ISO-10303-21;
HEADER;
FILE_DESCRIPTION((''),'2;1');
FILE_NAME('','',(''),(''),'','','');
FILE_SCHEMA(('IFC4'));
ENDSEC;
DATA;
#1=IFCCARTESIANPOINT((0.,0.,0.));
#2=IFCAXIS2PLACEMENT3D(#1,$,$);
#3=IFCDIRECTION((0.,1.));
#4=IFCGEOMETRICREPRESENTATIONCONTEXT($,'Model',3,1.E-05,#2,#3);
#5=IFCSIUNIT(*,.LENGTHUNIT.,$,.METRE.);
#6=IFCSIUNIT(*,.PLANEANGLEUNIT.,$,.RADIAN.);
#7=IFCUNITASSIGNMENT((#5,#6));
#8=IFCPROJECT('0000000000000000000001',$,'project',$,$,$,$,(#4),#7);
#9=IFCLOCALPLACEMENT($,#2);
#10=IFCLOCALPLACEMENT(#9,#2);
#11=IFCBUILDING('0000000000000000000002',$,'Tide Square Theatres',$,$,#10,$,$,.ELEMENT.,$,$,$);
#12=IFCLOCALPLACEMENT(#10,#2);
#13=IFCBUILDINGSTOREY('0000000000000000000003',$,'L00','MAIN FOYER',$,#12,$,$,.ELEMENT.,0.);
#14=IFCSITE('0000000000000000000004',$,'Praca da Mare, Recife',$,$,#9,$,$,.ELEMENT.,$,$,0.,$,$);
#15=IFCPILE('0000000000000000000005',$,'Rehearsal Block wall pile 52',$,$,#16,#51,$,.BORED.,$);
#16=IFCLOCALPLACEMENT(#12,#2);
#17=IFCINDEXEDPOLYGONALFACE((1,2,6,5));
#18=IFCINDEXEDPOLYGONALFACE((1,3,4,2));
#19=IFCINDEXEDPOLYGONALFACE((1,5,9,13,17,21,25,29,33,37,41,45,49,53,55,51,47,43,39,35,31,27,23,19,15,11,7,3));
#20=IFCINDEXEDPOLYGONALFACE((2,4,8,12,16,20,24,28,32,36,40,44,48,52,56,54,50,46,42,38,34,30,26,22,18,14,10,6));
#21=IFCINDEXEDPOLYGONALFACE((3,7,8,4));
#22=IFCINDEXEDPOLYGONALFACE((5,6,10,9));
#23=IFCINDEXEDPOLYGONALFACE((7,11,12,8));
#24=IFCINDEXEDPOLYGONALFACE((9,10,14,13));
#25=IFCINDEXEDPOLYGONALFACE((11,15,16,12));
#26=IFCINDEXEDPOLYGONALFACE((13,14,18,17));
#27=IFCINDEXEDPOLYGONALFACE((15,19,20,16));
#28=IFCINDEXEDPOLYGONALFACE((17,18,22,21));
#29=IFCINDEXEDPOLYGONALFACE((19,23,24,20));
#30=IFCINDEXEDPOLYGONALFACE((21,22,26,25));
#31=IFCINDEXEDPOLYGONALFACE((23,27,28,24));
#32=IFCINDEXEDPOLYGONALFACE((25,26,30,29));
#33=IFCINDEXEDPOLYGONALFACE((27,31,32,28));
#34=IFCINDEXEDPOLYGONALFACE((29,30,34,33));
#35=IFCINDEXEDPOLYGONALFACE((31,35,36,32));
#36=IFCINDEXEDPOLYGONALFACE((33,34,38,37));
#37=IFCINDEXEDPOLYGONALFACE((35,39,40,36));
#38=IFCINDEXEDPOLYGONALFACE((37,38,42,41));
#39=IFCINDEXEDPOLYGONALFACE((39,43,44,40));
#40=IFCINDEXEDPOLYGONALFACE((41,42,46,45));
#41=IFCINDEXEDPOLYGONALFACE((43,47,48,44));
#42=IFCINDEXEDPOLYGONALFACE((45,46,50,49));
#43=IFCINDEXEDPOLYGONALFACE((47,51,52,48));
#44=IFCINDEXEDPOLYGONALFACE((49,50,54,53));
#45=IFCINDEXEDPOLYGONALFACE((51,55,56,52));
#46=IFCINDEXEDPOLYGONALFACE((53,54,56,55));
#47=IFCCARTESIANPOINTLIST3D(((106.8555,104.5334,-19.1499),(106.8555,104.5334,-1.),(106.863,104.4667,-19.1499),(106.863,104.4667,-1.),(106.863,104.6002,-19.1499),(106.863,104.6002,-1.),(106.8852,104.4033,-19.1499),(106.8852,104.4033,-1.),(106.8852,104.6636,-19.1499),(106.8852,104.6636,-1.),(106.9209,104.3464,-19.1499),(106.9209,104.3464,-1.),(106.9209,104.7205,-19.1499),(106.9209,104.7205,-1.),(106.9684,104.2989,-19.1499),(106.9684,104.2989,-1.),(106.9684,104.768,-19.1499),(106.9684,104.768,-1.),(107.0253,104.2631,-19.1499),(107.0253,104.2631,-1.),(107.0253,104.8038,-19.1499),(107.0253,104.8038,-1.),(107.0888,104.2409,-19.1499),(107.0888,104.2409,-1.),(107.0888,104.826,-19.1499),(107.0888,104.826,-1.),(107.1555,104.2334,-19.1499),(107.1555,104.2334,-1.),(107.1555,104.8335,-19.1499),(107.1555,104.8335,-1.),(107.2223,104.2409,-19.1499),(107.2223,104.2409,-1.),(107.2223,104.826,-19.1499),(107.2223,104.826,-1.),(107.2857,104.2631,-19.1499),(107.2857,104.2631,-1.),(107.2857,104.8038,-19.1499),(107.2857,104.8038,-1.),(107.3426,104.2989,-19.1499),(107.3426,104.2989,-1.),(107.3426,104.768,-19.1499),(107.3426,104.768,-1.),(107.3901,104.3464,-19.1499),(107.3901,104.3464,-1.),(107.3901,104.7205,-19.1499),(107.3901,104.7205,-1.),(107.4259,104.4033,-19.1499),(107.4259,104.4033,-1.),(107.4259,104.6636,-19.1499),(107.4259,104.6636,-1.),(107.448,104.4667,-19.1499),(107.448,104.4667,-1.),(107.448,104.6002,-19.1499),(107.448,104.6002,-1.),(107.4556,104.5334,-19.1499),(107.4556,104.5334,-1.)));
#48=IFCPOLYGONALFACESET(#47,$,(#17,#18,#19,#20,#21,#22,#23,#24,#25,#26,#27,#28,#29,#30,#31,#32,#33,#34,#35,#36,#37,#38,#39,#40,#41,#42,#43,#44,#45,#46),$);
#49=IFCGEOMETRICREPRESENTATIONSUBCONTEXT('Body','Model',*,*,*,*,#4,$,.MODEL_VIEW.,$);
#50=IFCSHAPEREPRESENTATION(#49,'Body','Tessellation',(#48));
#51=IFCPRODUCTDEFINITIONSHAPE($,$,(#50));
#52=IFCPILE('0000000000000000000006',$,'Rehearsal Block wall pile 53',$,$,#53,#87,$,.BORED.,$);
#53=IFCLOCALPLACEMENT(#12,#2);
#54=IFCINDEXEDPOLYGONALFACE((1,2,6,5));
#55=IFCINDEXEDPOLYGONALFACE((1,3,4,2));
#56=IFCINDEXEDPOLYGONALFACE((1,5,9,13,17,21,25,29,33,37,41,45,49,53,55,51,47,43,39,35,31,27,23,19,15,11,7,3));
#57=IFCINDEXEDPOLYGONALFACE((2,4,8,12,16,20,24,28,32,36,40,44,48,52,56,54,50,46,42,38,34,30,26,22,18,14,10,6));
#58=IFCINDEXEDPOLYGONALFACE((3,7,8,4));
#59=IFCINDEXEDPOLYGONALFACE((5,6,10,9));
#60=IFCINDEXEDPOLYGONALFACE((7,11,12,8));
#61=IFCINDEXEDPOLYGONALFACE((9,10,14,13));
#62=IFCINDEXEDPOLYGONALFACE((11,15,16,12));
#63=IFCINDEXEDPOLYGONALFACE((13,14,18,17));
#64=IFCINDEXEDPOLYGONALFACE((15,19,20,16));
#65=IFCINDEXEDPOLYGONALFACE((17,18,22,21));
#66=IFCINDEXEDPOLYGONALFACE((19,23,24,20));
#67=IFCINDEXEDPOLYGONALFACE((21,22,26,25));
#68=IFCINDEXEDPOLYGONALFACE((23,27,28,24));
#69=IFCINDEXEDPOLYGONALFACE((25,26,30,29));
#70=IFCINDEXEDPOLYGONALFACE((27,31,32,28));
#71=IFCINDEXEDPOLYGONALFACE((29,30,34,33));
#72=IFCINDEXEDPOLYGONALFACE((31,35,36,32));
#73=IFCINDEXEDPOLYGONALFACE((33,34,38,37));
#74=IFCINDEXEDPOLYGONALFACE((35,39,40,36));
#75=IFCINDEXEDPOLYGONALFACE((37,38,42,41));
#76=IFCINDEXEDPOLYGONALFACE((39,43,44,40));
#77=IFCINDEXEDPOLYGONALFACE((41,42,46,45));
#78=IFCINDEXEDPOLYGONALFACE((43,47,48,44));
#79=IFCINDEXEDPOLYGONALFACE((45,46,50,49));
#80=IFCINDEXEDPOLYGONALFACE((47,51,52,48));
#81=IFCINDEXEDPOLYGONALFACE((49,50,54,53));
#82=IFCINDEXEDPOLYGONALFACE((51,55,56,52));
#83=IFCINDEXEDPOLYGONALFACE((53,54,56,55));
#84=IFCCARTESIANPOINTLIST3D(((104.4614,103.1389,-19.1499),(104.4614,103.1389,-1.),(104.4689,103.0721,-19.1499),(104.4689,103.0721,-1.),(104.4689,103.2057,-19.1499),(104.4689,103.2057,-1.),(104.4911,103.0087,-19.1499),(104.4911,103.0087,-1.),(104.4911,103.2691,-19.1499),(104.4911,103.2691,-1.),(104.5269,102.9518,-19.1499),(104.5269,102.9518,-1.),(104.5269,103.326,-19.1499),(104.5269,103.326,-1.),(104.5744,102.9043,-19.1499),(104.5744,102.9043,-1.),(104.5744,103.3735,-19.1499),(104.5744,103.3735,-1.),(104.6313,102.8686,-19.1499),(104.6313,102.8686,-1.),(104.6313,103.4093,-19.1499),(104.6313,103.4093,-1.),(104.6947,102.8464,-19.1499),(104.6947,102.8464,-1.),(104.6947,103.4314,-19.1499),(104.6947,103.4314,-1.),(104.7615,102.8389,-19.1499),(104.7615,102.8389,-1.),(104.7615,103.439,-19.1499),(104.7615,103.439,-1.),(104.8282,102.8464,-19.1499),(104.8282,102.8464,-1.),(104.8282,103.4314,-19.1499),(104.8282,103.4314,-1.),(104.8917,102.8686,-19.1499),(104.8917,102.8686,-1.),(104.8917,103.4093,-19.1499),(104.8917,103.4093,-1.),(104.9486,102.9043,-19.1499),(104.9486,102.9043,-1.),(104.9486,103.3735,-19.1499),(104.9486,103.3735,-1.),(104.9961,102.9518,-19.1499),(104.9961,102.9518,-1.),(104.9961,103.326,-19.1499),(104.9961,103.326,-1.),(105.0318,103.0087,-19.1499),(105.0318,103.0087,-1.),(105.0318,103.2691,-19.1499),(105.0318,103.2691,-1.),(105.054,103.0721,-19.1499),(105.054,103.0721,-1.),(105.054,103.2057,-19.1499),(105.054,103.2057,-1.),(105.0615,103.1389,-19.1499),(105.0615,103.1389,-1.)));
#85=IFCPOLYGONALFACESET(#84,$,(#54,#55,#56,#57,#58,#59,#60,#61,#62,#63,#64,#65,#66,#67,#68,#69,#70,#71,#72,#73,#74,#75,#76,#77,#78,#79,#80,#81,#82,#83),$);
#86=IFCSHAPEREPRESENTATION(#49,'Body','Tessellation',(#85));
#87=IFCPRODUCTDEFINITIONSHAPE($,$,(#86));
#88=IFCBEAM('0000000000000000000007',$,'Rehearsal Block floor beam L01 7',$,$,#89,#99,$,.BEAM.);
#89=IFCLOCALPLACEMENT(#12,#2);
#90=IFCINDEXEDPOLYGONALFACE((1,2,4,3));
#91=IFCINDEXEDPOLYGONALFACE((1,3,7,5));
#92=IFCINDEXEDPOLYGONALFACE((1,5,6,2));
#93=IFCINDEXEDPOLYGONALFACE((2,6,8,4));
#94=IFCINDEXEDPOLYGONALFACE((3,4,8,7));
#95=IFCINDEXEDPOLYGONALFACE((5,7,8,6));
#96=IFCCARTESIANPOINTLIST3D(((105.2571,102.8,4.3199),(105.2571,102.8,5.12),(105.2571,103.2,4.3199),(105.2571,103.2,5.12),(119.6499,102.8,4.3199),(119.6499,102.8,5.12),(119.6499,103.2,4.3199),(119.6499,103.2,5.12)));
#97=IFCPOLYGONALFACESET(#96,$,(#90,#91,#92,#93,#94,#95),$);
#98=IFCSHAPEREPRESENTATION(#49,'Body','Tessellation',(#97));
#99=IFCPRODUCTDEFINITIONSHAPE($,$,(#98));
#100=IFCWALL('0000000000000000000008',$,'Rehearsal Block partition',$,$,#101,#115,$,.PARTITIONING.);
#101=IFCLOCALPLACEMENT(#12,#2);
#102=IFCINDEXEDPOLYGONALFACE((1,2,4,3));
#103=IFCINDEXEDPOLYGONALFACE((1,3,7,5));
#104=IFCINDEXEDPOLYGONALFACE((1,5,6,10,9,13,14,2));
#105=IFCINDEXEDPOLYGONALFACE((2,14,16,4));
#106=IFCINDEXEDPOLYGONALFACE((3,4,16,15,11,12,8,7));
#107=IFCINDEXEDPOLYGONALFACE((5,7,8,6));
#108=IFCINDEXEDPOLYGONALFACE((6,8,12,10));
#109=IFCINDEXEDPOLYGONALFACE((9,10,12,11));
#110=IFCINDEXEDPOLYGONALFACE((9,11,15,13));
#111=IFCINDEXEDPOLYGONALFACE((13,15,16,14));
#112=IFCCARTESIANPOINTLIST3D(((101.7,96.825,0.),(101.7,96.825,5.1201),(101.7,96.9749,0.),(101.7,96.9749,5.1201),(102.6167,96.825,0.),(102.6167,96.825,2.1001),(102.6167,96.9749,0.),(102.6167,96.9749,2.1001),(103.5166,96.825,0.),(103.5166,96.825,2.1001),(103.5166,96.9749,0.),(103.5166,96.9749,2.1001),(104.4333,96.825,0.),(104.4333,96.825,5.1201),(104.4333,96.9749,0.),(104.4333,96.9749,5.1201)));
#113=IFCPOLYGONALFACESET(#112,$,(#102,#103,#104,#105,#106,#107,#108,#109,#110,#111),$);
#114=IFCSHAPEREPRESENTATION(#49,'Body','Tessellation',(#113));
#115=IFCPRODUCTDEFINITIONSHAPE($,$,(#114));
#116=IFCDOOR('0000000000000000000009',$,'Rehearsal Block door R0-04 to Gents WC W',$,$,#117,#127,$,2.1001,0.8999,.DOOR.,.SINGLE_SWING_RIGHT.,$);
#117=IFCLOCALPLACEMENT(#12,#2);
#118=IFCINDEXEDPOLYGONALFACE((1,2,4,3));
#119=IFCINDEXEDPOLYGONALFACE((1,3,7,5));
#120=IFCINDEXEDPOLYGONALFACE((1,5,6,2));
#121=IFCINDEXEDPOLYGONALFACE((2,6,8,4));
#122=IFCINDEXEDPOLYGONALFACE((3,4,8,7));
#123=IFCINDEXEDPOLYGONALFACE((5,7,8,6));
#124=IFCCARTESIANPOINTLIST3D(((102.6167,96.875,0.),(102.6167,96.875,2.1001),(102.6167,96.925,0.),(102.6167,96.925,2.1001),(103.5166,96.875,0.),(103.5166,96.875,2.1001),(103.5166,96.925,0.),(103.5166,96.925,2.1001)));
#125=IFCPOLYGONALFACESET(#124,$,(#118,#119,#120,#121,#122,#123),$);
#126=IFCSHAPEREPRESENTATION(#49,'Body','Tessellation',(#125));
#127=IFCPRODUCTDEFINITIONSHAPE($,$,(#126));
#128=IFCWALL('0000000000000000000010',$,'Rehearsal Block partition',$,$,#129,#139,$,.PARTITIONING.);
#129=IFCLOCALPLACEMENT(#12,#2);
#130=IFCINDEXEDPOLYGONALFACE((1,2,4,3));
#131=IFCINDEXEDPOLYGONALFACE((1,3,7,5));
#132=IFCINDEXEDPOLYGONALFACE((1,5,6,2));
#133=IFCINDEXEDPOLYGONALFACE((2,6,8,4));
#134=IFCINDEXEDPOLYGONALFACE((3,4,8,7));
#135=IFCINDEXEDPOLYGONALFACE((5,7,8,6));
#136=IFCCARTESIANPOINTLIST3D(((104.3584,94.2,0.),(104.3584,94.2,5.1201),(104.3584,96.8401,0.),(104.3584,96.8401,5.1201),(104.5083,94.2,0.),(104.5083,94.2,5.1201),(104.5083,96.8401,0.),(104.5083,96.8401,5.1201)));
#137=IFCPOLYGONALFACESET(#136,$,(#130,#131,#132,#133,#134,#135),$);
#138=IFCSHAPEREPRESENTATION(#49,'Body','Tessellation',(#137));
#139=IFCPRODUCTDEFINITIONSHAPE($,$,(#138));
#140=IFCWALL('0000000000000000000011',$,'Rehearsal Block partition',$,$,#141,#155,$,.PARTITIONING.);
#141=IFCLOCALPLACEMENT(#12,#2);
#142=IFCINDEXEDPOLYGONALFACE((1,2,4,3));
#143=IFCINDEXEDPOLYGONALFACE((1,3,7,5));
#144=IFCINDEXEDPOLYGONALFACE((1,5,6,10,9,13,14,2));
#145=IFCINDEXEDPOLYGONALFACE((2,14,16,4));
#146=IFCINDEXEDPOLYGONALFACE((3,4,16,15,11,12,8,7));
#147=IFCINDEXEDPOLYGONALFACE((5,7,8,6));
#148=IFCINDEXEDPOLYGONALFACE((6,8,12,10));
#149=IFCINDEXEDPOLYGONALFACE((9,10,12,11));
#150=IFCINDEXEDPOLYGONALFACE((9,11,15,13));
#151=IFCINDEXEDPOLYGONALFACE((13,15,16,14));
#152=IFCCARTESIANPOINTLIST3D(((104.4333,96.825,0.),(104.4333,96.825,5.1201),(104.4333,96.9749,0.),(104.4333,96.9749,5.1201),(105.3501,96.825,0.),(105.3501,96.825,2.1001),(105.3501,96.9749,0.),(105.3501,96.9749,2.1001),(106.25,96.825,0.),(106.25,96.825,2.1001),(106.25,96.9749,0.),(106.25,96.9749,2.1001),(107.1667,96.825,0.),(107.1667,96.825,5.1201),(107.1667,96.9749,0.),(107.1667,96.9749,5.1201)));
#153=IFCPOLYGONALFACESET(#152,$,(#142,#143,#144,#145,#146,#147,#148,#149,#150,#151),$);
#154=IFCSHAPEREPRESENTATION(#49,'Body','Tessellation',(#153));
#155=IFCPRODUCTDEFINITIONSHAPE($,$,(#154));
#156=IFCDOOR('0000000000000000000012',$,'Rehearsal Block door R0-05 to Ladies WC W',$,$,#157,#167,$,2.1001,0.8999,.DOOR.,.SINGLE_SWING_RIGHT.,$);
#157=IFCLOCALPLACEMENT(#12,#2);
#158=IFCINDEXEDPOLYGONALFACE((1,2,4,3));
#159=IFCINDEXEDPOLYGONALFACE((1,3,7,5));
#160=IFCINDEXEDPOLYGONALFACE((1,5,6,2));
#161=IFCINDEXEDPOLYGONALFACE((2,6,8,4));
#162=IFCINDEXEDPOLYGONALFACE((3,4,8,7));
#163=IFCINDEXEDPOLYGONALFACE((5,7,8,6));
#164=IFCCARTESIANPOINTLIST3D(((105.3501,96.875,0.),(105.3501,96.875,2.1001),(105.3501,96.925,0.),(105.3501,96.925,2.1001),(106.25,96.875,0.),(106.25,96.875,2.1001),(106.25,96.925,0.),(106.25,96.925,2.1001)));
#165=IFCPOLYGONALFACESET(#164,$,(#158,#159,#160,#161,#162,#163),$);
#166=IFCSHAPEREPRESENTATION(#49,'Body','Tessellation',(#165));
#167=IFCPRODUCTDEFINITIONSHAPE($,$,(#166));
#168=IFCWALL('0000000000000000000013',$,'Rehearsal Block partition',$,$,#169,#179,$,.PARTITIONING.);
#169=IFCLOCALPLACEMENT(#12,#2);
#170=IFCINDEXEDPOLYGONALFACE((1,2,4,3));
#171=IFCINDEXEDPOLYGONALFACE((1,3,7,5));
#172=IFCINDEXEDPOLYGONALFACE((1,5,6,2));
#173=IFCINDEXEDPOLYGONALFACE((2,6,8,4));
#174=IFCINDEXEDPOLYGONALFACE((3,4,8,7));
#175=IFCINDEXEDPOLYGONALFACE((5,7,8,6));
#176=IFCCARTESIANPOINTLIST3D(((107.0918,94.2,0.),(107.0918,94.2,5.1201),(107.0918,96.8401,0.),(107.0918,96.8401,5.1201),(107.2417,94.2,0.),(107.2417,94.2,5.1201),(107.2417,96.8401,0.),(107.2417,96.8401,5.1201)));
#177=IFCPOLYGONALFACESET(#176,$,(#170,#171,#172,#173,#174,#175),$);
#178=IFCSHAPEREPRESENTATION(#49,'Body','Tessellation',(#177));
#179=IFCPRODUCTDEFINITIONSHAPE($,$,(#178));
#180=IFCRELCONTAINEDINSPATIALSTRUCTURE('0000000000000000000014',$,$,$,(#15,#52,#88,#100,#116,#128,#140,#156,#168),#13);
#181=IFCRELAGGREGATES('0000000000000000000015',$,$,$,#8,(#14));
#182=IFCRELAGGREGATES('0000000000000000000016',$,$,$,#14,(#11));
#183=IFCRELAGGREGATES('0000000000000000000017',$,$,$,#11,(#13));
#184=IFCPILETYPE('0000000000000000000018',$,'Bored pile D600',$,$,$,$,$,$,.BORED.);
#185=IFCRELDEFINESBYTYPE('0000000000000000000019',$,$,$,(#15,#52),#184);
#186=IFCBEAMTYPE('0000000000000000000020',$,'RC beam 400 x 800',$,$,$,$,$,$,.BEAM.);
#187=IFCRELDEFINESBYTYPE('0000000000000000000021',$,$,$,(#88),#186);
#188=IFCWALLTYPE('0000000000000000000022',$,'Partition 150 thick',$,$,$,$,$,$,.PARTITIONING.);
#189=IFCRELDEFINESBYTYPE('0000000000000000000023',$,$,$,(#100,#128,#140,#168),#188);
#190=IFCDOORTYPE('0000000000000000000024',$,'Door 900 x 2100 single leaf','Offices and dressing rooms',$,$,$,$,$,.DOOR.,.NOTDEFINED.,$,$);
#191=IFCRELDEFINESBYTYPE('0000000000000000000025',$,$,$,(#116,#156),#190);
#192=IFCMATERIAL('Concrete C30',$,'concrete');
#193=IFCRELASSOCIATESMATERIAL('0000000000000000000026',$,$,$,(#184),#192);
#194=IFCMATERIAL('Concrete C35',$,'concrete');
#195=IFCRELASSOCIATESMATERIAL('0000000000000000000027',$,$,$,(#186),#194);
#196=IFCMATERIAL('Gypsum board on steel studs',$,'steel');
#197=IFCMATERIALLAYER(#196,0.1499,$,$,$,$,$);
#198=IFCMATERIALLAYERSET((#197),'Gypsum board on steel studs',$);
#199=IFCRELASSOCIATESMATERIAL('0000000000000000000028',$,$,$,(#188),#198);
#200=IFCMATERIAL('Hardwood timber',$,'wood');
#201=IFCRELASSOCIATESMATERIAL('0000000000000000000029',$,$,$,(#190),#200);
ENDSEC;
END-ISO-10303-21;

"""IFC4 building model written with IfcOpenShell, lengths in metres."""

from ifc_helpers import new_model, si_unit, direction, frame, frame_2d, origin, origin_2d, place, context, subcontext, project, spatial, rectangle, circle, extrude, material, layer, layer_set, material_profile, profile_set, type_object, element, fill, save


model = new_model("IFC4")

# Units and contexts
model_context = context("Model", 3, precision=1e-05, world=origin(), true_north=direction((0.0, 1.0)))
body_context = subcontext(model_context, "Body", "Model", "MODEL_VIEW")
ifc_project = project(units=[si_unit("LENGTHUNIT", "METRE"), si_unit("PLANEANGLEUNIT", "RADIAN")], contexts=[model_context])

# Site, building, storey
site_placement = place(None, origin())
site = spatial("IfcSite", under=ifc_project, at=site_placement, Name="Praca da Mare, Recife", CompositionType="ELEMENT", RefElevation=0.0)
building_placement = place(site_placement, origin())
building = spatial("IfcBuilding", under=site, at=building_placement, Name="Tide Square Theatres", CompositionType="ELEMENT")
storey_placement = place(building_placement, origin())
storey = spatial("IfcBuildingStorey", under=building, at=storey_placement, Name="L00", Description="MAIN FOYER", CompositionType="ELEMENT", Elevation=0.0)

# Piles
ifc_material_1 = material(Name="Concrete C30", Category="concrete")
ifc_material_profile_1 = material_profile(ifc_material_1, circle(Radius=0.3, at=origin_2d()))
ifc_profile_set_1 = profile_set([ifc_material_profile_1], Name="Concrete C30")
pile_type = type_object("IfcPileType", Name="Bored pile D600", PredefinedType="BORED", material=ifc_profile_set_1)
for number, where, z_axis, x_axis, name in (
    (1, (107.1555, 104.5334, -1.0), (0.0, 0.0, -1.0), (1.0, 0.0, 0.0), "Rehearsal Block wall pile 52"),
    (2, (104.7615, 103.1389, -1.0), (0.0, 0.0, -1.0), (1.0, 0.0, 0.0), "Rehearsal Block wall pile 53"),
):
    element("IfcPile", number, at=place(storey_placement, frame(where, z_axis=z_axis, x_axis=x_axis)), inside=storey, type_object=pile_type, Name=name, PredefinedType="BORED", context=body_context, shape_type="SweptSolid", body=[
        extrude(circle(Radius=0.3, at=origin_2d()), origin(), (0.0, 0.0, 1.0), 18.1499),
    ])

# Beam
ifc_material_2 = material(Name="Concrete C35", Category="concrete")
ifc_material_profile_2 = material_profile(ifc_material_2, rectangle(XDim=0.3999, YDim=0.8, at=origin_2d()))
ifc_profile_set_2 = profile_set([ifc_material_profile_2], Name="Concrete C35")
beam_type = type_object("IfcBeamType", Name="RC beam 400 x 800", PredefinedType="BEAM", material=ifc_profile_set_2)
beam_placement = place(storey_placement, frame((105.2571, 103.0, 4.72), z_axis=(1.0, 0.0, 0.0), x_axis=(0.0, 1.0, 0.0)))
element("IfcBeam", 3, at=beam_placement, inside=storey, type_object=beam_type, Name="Rehearsal Block floor beam L01 7", PredefinedType="BEAM", context=body_context, shape_type="SweptSolid", body=[
    extrude(rectangle(XDim=0.3999, YDim=0.8, at=origin_2d()), origin(), (0.0, 0.0, 1.0), 14.3928),
])

# Wall, opening, door
ifc_material_3 = material(Name="Gypsum board on steel studs", Category="steel")
ifc_layer_1 = layer(ifc_material_3, 0.1499)
ifc_layer_set_1 = layer_set([ifc_layer_1], Name="Gypsum board on steel studs")
wall_type_1 = type_object("IfcWallType", Name="Partition 150 thick", PredefinedType="PARTITIONING", material=ifc_layer_set_1)
wall_1_placement = place(storey_placement, frame((104.4333, 96.8999, 0.0), z_axis=(0.0, 0.0, 1.0), x_axis=(-1.0, 0.0, 0.0)))
wall_1 = element("IfcWall", 4, at=wall_1_placement, inside=storey, type_object=wall_type_1, Name="Rehearsal Block partition", PredefinedType="PARTITIONING", context=body_context, shape_type="SweptSolid", body=[
    extrude(rectangle(XDim=2.7334, YDim=0.1499, at=frame_2d((1.3667, 0.0))), origin(), (0.0, 0.0, 1.0), 5.1201),
])
opening_1_placement = place(wall_1_placement, frame((0.9167, 0.0, 0.0)))
opening_1 = element("IfcOpeningElement", 5, at=opening_1_placement, cuts=wall_1, PredefinedType="OPENING", context=body_context, shape_type="SweptSolid", body=[
    extrude(rectangle(XDim=0.8999, YDim=2.1001, at=frame_2d((0.45, 1.05))), frame((0.0, 0.085, 0.0), z_axis=(0.0, -1.0, 0.0), x_axis=(1.0, 0.0, 0.0)), (0.0, 0.0, 1.0), 0.1699),
])
ifc_material_4 = material(Name="Hardwood timber", Category="wood")
door_type_1 = type_object("IfcDoorType", Name="Door 900 x 2100 single leaf", Description="Offices and dressing rooms", OperationType="NOTDEFINED", PredefinedType="DOOR", material=ifc_material_4)
door_1_placement = place(opening_1_placement, origin())
door_1 = element("IfcDoor", 6, at=door_1_placement, inside=storey, type_object=door_type_1, Name="Rehearsal Block door R0-04 to Gents WC W", OperationType="SINGLE_SWING_RIGHT", OverallHeight=2.1001, OverallWidth=0.8999, PredefinedType="DOOR", context=body_context, shape_type="SweptSolid", body=[
    extrude(rectangle(XDim=0.8999, YDim=2.1001, at=frame_2d((0.45, 1.05))), frame((0.0, 0.0249, 0.0), z_axis=(0.0, -1.0, 0.0), x_axis=(1.0, 0.0, 0.0)), (0.0, 0.0, 1.0), 0.05),
])
fill(opening_1, door_1)

# Wall
wall_2_placement = place(storey_placement, frame((104.4333, 96.8401, 0.0), z_axis=(0.0, 0.0, 1.0), x_axis=(0.0, -1.0, 0.0)))
element("IfcWall", 7, at=wall_2_placement, inside=storey, type_object=wall_type_1, Name="Rehearsal Block partition", PredefinedType="PARTITIONING", context=body_context, shape_type="SweptSolid", body=[
    extrude(rectangle(XDim=2.6401, YDim=0.1499, at=frame_2d((1.3201, 0.0))), origin(), (0.0, 0.0, 1.0), 5.1201),
])

# Wall, opening, door
wall_3_placement = place(storey_placement, frame((107.1667, 96.8999, 0.0), z_axis=(0.0, 0.0, 1.0), x_axis=(-1.0, 0.0, 0.0)))
wall_3 = element("IfcWall", 8, at=wall_3_placement, inside=storey, type_object=wall_type_1, Name="Rehearsal Block partition", PredefinedType="PARTITIONING", context=body_context, shape_type="SweptSolid", body=[
    extrude(rectangle(XDim=2.7334, YDim=0.1499, at=frame_2d((1.3667, 0.0))), origin(), (0.0, 0.0, 1.0), 5.1201),
])
opening_2_placement = place(wall_3_placement, frame((0.9167, 0.0, 0.0)))
opening_2 = element("IfcOpeningElement", 9, at=opening_2_placement, cuts=wall_3, PredefinedType="OPENING", context=body_context, shape_type="SweptSolid", body=[
    extrude(rectangle(XDim=0.8999, YDim=2.1001, at=frame_2d((0.45, 1.05))), frame((0.0, 0.085, 0.0), z_axis=(0.0, -1.0, 0.0), x_axis=(1.0, 0.0, 0.0)), (0.0, 0.0, 1.0), 0.1699),
])
door_2_placement = place(opening_2_placement, origin())
door_2 = element("IfcDoor", 10, at=door_2_placement, inside=storey, type_object=door_type_1, Name="Rehearsal Block door R0-05 to Ladies WC W", OperationType="SINGLE_SWING_RIGHT", OverallHeight=2.1001, OverallWidth=0.8999, PredefinedType="DOOR", context=body_context, shape_type="SweptSolid", body=[
    extrude(rectangle(XDim=0.8999, YDim=2.1001, at=frame_2d((0.45, 1.05))), frame((0.0, 0.0249, 0.0), z_axis=(0.0, -1.0, 0.0), x_axis=(1.0, 0.0, 0.0)), (0.0, 0.0, 1.0), 0.05),
])
fill(opening_2, door_2)

# Wall
wall_4_placement = place(storey_placement, frame((107.1667, 96.8401, 0.0), z_axis=(0.0, 0.0, 1.0), x_axis=(0.0, -1.0, 0.0)))
element("IfcWall", 11, at=wall_4_placement, inside=storey, type_object=wall_type_1, Name="Rehearsal Block partition", PredefinedType="PARTITIONING", context=body_context, shape_type="SweptSolid", body=[
    extrude(rectangle(XDim=2.6401, YDim=0.1499, at=frame_2d((1.3201, 0.0))), origin(), (0.0, 0.0, 1.0), 5.1201),
])

save(model, "model.ifc")
